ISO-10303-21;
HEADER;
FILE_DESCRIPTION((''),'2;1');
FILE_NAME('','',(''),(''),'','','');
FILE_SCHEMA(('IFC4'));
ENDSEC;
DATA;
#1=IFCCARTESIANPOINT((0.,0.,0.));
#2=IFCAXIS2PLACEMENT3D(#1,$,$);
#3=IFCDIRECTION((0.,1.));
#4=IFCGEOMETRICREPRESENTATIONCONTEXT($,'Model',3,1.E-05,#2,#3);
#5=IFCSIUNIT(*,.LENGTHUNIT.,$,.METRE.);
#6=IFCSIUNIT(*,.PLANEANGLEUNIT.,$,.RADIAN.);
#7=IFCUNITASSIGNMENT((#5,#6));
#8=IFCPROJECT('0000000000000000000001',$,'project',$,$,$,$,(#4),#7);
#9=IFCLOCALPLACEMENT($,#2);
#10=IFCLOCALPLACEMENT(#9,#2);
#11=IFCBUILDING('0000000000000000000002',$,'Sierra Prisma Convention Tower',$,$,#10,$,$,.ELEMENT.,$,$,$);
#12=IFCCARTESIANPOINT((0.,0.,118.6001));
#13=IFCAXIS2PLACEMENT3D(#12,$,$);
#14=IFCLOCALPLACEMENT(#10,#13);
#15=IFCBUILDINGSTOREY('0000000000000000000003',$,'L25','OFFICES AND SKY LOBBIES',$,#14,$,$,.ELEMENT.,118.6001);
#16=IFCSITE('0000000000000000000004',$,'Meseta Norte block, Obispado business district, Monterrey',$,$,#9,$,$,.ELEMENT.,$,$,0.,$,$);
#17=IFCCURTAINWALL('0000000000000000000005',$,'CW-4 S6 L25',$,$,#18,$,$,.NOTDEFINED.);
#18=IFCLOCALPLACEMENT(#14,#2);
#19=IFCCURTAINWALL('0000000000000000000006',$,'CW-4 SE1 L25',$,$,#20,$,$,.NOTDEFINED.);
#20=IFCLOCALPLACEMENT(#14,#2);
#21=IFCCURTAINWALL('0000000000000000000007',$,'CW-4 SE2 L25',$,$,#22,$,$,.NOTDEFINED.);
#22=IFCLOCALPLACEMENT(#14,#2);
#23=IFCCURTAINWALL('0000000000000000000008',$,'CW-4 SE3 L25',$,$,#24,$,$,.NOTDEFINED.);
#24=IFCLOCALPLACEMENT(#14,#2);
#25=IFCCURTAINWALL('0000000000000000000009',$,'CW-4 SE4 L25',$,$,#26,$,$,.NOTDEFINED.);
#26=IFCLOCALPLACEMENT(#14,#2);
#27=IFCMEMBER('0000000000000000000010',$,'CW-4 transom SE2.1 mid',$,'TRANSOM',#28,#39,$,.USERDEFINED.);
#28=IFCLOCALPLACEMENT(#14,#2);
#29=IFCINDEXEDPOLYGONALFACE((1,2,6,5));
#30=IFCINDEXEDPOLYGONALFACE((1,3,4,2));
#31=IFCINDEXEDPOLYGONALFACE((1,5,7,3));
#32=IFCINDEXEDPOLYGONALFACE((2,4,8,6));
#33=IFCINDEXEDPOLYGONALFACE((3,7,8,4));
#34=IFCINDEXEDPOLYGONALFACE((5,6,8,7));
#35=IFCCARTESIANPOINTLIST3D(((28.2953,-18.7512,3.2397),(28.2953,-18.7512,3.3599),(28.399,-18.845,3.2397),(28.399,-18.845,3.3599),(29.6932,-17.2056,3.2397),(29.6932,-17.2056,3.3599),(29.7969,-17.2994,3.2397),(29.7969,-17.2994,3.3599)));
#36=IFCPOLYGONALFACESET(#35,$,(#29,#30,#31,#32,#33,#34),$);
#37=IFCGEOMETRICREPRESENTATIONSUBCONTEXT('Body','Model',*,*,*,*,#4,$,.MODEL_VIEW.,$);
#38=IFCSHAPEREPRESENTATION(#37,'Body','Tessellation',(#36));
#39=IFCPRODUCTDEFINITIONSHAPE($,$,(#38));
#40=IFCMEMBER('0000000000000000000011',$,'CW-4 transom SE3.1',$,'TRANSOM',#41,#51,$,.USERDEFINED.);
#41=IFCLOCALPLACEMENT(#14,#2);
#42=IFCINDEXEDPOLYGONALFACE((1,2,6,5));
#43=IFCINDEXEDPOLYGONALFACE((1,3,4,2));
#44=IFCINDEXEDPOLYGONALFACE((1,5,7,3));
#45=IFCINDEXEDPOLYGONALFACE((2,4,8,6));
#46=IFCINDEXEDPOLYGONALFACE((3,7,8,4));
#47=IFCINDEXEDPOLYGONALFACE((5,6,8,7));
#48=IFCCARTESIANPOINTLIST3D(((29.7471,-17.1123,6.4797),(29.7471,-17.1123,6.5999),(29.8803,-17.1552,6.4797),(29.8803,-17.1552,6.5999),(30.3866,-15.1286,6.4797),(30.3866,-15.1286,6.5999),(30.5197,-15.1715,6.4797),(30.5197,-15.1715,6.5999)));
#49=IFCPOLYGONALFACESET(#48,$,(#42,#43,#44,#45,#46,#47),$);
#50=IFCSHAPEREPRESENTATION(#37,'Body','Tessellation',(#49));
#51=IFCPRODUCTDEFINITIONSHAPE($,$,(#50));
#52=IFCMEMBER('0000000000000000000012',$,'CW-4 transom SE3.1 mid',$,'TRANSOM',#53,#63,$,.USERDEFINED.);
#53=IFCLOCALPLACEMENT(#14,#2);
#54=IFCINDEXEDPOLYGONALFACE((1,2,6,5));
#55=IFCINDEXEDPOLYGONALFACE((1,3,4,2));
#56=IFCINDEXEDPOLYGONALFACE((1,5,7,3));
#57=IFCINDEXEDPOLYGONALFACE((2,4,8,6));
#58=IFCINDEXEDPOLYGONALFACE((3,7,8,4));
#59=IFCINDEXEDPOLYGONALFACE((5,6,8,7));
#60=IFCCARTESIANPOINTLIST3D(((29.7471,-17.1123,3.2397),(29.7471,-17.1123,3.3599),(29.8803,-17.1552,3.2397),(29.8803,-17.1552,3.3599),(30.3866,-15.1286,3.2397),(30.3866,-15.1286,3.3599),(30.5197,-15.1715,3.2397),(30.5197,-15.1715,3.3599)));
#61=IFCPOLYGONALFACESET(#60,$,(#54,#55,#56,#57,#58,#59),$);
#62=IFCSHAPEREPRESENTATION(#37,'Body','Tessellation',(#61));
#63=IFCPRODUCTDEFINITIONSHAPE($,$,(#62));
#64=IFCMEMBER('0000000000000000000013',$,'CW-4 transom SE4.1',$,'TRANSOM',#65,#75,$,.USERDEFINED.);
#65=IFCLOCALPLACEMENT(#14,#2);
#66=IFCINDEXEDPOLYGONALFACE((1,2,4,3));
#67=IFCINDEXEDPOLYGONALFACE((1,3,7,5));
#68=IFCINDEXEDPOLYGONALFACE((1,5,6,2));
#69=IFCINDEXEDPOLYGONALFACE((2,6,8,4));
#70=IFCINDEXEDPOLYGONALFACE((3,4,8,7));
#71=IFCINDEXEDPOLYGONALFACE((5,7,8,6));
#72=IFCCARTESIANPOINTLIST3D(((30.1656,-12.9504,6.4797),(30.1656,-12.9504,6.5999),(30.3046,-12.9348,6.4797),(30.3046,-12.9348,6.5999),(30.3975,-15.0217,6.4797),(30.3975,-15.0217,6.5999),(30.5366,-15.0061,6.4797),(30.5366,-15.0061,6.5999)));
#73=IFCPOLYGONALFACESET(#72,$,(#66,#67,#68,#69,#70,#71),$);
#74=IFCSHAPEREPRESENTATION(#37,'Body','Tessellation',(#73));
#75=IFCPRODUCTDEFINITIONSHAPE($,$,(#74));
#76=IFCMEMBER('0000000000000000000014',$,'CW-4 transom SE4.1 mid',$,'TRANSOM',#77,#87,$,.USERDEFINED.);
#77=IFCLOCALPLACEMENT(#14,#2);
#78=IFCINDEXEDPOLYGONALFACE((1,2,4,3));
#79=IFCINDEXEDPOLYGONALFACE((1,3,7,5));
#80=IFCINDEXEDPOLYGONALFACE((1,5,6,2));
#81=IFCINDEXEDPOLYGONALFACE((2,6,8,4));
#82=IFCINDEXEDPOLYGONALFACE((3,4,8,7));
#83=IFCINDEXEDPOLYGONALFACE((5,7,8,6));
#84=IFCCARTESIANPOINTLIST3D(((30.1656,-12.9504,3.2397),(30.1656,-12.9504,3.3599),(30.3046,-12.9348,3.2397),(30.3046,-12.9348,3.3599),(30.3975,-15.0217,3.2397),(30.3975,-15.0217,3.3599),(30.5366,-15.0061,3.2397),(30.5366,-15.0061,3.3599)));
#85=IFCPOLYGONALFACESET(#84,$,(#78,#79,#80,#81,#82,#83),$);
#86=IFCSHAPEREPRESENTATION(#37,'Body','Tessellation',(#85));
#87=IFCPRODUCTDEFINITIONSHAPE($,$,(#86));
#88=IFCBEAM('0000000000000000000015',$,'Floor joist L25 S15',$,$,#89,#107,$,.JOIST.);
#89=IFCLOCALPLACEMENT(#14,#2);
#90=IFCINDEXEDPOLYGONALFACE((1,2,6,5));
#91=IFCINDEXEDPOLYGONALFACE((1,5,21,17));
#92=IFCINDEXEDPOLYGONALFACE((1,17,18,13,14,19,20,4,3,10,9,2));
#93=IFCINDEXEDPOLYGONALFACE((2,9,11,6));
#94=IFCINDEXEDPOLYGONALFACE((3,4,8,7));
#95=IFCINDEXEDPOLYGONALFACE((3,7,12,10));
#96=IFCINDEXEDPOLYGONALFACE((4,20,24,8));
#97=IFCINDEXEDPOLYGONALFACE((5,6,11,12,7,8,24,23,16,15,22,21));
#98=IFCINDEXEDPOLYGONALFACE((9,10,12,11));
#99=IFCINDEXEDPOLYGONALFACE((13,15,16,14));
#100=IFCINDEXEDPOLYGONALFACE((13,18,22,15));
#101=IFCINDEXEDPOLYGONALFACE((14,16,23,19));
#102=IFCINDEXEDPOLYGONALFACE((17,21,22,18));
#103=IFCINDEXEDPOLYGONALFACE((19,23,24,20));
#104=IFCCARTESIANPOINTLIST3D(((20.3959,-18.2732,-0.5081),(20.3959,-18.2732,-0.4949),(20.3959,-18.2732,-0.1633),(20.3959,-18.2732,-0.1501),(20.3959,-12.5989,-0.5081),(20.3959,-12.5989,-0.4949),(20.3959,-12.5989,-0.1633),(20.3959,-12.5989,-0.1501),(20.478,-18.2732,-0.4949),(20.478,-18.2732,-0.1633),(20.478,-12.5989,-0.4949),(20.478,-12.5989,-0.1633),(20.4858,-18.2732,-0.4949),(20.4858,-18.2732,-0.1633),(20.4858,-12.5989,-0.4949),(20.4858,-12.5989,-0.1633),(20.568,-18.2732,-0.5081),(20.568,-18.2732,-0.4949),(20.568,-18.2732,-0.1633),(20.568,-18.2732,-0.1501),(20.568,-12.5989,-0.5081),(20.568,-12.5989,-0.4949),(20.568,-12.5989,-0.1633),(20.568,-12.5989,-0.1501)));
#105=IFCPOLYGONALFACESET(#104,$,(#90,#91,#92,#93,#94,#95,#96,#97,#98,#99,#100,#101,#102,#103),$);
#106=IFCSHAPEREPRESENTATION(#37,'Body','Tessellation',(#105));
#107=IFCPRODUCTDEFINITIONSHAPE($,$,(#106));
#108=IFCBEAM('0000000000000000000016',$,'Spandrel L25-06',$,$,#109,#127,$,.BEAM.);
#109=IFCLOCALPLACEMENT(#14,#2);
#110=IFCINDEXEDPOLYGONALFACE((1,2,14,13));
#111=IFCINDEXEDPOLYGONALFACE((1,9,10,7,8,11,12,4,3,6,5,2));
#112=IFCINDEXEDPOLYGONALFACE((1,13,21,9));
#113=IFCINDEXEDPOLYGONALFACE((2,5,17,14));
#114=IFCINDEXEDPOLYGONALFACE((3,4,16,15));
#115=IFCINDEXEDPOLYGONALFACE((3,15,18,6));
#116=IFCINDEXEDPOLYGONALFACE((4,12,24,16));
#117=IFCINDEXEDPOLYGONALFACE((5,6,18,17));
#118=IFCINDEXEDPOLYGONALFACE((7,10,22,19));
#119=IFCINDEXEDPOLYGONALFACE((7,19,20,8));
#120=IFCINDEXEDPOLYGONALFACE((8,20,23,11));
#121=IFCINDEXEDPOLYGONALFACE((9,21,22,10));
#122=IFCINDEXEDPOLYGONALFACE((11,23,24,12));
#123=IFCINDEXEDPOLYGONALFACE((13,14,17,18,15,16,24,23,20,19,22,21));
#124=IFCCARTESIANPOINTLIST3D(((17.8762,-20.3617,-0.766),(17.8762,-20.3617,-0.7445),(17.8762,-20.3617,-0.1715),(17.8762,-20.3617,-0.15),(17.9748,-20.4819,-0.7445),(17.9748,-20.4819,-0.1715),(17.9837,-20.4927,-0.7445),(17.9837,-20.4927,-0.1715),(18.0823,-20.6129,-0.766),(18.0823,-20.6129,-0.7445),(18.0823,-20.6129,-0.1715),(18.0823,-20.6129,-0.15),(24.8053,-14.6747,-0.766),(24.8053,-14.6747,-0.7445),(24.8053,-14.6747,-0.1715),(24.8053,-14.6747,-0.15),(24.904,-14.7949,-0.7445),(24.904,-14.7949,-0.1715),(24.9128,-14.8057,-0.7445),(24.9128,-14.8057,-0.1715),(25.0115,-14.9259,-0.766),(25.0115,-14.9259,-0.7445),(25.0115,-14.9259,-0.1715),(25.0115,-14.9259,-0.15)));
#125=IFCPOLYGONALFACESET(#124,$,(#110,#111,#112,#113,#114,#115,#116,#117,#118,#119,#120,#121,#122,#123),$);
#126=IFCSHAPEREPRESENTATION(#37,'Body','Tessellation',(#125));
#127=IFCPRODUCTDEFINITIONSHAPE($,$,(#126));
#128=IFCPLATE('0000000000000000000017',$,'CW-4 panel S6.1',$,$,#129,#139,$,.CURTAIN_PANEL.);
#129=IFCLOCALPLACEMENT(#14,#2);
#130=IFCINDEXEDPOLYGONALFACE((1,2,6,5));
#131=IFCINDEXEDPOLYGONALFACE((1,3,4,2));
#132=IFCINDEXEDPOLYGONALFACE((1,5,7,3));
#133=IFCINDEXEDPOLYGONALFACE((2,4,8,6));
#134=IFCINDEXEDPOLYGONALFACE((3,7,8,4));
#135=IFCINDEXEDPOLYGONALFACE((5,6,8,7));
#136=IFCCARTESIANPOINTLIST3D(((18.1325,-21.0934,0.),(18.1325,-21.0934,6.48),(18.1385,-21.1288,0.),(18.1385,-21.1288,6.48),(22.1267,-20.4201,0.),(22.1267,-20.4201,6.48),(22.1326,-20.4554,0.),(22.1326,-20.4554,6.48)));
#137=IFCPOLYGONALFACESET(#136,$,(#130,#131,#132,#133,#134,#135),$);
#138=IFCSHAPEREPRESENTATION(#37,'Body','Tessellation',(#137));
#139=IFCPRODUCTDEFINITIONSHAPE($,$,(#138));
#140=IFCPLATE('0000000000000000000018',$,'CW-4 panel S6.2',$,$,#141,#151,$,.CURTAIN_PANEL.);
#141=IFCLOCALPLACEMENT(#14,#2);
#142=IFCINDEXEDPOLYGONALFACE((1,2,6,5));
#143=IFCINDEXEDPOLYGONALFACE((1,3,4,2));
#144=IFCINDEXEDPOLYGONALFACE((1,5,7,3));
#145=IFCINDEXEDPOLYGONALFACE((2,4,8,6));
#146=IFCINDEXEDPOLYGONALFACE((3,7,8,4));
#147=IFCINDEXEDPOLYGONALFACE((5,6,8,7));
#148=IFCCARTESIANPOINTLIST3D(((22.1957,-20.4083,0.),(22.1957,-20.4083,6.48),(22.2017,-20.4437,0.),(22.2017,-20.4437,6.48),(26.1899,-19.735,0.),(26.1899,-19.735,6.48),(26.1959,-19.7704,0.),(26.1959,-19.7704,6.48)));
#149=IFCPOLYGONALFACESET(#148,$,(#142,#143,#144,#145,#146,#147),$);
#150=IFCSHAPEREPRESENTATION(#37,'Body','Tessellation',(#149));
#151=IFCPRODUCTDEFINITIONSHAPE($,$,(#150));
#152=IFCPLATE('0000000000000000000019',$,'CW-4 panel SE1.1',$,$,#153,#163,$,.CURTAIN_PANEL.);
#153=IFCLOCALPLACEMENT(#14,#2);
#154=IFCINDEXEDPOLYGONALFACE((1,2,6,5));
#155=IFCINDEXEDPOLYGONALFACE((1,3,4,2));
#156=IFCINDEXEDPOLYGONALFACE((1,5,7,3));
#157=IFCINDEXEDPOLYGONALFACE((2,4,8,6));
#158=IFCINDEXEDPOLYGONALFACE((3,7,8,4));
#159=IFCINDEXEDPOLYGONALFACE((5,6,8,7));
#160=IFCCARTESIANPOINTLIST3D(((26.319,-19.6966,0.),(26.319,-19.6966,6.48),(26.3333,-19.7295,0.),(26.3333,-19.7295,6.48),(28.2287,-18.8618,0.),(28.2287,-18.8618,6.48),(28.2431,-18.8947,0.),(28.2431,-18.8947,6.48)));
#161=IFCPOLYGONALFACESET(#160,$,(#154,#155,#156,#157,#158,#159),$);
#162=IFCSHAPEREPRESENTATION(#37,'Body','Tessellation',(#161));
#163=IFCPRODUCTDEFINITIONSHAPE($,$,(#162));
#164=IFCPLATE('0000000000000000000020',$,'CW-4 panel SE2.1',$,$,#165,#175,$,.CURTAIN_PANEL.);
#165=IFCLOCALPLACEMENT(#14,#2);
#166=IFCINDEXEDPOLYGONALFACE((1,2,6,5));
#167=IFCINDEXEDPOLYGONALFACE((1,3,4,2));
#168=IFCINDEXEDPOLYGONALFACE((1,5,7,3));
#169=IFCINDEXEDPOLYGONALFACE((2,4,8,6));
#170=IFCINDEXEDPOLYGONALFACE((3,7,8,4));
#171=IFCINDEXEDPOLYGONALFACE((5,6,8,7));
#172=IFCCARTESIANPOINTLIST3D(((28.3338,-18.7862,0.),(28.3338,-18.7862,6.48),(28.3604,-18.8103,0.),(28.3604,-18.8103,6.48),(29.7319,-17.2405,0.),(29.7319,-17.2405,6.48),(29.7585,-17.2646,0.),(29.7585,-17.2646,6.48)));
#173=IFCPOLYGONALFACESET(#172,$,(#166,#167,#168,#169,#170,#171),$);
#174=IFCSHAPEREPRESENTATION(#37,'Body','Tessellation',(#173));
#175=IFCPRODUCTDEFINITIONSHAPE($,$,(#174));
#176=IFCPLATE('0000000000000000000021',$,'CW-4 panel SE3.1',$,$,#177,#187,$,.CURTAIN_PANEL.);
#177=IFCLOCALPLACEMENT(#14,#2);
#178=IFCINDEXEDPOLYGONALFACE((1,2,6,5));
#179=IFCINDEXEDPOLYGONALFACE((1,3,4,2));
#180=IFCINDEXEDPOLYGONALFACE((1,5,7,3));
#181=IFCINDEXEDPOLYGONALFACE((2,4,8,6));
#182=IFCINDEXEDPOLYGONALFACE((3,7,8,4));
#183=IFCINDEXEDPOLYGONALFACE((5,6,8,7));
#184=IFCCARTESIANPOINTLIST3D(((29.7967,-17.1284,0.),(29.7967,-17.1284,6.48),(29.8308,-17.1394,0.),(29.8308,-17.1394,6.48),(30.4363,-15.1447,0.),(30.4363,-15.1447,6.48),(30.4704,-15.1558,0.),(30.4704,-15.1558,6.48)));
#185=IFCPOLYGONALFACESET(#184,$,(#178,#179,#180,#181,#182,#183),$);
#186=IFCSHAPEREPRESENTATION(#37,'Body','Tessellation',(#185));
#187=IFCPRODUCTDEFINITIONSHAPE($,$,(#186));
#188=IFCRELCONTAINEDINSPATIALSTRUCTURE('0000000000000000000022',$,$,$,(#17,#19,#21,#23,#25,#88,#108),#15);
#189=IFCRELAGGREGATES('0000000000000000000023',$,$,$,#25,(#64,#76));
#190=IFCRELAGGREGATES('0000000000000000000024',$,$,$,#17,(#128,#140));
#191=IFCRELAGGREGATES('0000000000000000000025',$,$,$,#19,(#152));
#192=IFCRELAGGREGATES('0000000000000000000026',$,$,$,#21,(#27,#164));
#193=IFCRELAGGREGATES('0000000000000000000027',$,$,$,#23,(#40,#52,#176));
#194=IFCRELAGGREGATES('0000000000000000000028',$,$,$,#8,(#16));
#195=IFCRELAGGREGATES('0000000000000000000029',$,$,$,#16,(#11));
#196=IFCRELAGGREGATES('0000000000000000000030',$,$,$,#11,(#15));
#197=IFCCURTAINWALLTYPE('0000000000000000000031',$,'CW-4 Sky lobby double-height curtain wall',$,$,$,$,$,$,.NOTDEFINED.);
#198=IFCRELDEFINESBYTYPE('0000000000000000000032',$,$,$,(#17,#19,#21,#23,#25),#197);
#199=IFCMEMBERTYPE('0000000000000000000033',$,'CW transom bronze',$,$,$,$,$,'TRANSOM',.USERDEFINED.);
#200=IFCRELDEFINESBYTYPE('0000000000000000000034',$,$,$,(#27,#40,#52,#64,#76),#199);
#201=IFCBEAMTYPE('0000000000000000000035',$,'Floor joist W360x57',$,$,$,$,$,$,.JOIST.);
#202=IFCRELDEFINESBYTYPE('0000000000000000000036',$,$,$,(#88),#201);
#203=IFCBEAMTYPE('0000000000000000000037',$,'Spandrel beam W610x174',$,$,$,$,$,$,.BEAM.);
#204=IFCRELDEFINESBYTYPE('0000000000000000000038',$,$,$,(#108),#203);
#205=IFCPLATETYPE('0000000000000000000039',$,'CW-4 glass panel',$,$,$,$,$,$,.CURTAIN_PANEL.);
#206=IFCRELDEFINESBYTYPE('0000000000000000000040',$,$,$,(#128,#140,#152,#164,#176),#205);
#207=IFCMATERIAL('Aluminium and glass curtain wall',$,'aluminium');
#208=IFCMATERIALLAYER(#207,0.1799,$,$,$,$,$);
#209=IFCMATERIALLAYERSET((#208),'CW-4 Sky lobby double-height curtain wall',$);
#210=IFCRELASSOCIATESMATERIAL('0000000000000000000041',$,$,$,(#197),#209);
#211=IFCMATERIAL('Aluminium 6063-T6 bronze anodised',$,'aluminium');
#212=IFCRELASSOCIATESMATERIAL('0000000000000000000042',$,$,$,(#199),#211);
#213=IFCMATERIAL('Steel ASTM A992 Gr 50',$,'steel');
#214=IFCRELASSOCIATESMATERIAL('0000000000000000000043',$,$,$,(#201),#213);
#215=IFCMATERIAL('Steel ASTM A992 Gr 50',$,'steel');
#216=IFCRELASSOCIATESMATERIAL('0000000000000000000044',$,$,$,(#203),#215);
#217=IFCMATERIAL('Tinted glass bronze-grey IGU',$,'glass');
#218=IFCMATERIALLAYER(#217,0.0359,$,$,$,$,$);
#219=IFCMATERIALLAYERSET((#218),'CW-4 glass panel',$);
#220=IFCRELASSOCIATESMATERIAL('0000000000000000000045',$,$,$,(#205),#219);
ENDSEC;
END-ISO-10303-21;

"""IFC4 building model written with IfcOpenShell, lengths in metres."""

from ifc_helpers import new_model, si_unit, direction, frame, origin, origin_2d, place, context, subcontext, project, spatial, rectangle, i_section, extrude, material, layer, layer_set, material_profile, profile_set, type_object, element, aggregate, save


model = new_model("IFC4")

# Units and contexts
model_context = context("Model", 3, precision=1e-05, world=origin(), true_north=direction((0.0, 1.0)))
body_context = subcontext(model_context, "Body", "Model", "MODEL_VIEW")
ifc_project = project(units=[si_unit("LENGTHUNIT", "METRE"), si_unit("PLANEANGLEUNIT", "RADIAN")], contexts=[model_context])

# Site, building, storey
site_placement = place(None, origin())
site = spatial("IfcSite", under=ifc_project, at=site_placement, Name="Meseta Norte block, Obispado business district, Monterrey", CompositionType="ELEMENT", RefElevation=0.0)
building_placement = place(site_placement, origin())
building = spatial("IfcBuilding", under=site, at=building_placement, Name="Sierra Prisma Convention Tower", CompositionType="ELEMENT")
storey_placement = place(building_placement, frame((0.0, 0.0, 118.6001)))
storey = spatial("IfcBuildingStorey", under=building, at=storey_placement, Name="L25", Description="OFFICES AND SKY LOBBIES", CompositionType="ELEMENT", Elevation=118.6001)

# Curtain walls
ifc_material_1 = material(Name="Aluminium and glass curtain wall", Category="aluminium")
ifc_layer_1 = layer(ifc_material_1, 0.1799)
ifc_layer_set_1 = layer_set([ifc_layer_1], Name="CW-4 Sky lobby double-height curtain wall")
curtain_wall_type = type_object("IfcCurtainWallType", Name="CW-4 Sky lobby double-height curtain wall", PredefinedType="NOTDEFINED", material=ifc_layer_set_1)
curtain_wall_1_placement = place(storey_placement, origin())
curtain_wall_1 = element("IfcCurtainWall", 1, at=curtain_wall_1_placement, inside=storey, type_object=curtain_wall_type, Name="CW-4 S6 L25", PredefinedType="NOTDEFINED")
curtain_wall_2_placement = place(storey_placement, origin())
curtain_wall_2 = element("IfcCurtainWall", 2, at=curtain_wall_2_placement, inside=storey, type_object=curtain_wall_type, Name="CW-4 SE1 L25", PredefinedType="NOTDEFINED")
curtain_wall_3_placement = place(storey_placement, origin())
curtain_wall_3 = element("IfcCurtainWall", 3, at=curtain_wall_3_placement, inside=storey, type_object=curtain_wall_type, Name="CW-4 SE2 L25", PredefinedType="NOTDEFINED")
curtain_wall_4_placement = place(storey_placement, origin())
curtain_wall_4 = element("IfcCurtainWall", 4, at=curtain_wall_4_placement, inside=storey, type_object=curtain_wall_type, Name="CW-4 SE3 L25", PredefinedType="NOTDEFINED")
curtain_wall_5_placement = place(storey_placement, origin())
curtain_wall_5 = element("IfcCurtainWall", 5, at=curtain_wall_5_placement, inside=storey, type_object=curtain_wall_type, Name="CW-4 SE4 L25", PredefinedType="NOTDEFINED")

# Members
ifc_material_2 = material(Name="Aluminium 6063-T6 bronze anodised", Category="aluminium")
ifc_material_profile_1 = material_profile(ifc_material_2, rectangle(XDim=0.1399, YDim=0.1201, at=origin_2d()), Name="ALU TRANSOM 120x140")
ifc_profile_set_1 = profile_set([ifc_material_profile_1], Name="Aluminium 6063-T6 bronze anodised")
member_type_1 = type_object("IfcMemberType", Name="CW transom bronze", ElementType="TRANSOM", PredefinedType="USERDEFINED", material=ifc_profile_set_1)
member_1_placement = place(storey_placement, frame((28.3472, -18.7981, 3.2998), z_axis=(0.670781, 0.741655, 0.0), x_axis=(-0.741655, 0.670781, 0.0)))
member_1 = element("IfcMember", 6, at=member_1_placement, type_object=member_type_1, Name="CW-4 transom SE2.1 mid", ObjectType="TRANSOM", PredefinedType="USERDEFINED", context=body_context, shape_type="SweptSolid", body=[
    extrude(rectangle(XDim=0.1399, YDim=0.1201, at=origin_2d()), origin(), (0.0, 0.0, 1.0), 2.084),
])
member_2_placement = place(storey_placement, frame((29.8137, -17.1338, 6.5398), z_axis=(0.306794, 0.951776, 0.0), x_axis=(-0.951776, 0.306794, 0.0)))
member_2 = element("IfcMember", 7, at=member_2_placement, type_object=member_type_1, Name="CW-4 transom SE3.1", ObjectType="TRANSOM", PredefinedType="USERDEFINED", context=body_context, shape_type="SweptSolid", body=[
    extrude(rectangle(XDim=0.1399, YDim=0.1201, at=origin_2d()), origin(), (0.0, 0.0, 1.0), 2.0842),
])
member_3_placement = place(storey_placement, frame((29.8137, -17.1338, 3.2998), z_axis=(0.306794, 0.951776, 0.0), x_axis=(-0.951776, 0.306794, 0.0)))
member_3 = element("IfcMember", 8, at=member_3_placement, type_object=member_type_1, Name="CW-4 transom SE3.1 mid", ObjectType="TRANSOM", PredefinedType="USERDEFINED", context=body_context, shape_type="SweptSolid", body=[
    extrude(rectangle(XDim=0.1399, YDim=0.1201, at=origin_2d()), origin(), (0.0, 0.0, 1.0), 2.0842),
])
member_4_placement = place(storey_placement, frame((30.467, -15.0139, 6.5398), z_axis=(-0.11128, 0.993789, 0.0), x_axis=(-0.993789, -0.11128, 0.0)))
member_4 = element("IfcMember", 9, at=member_4_placement, type_object=member_type_1, Name="CW-4 transom SE4.1", ObjectType="TRANSOM", PredefinedType="USERDEFINED", context=body_context, shape_type="SweptSolid", body=[
    extrude(rectangle(XDim=0.1399, YDim=0.1201, at=origin_2d()), origin(), (0.0, 0.0, 1.0), 2.0842),
])
member_5_placement = place(storey_placement, frame((30.467, -15.0139, 3.2998), z_axis=(-0.11128, 0.993789, 0.0), x_axis=(-0.993789, -0.11128, 0.0)))
member_5 = element("IfcMember", 10, at=member_5_placement, type_object=member_type_1, Name="CW-4 transom SE4.1 mid", ObjectType="TRANSOM", PredefinedType="USERDEFINED", context=body_context, shape_type="SweptSolid", body=[
    extrude(rectangle(XDim=0.1399, YDim=0.1201, at=origin_2d()), origin(), (0.0, 0.0, 1.0), 2.0842),
])
aggregate(curtain_wall_5, [member_4, member_5])

# Beams
ifc_material_3 = material(Name="Steel ASTM A992 Gr 50", Category="steel")
ifc_material_profile_2 = material_profile(ifc_material_3, i_section(OverallWidth=0.1721, OverallDepth=0.3579, WebThickness=0.0078, FlangeThickness=0.0132, at=origin_2d()), Name="W360x57")
ifc_profile_set_2 = profile_set([ifc_material_profile_2], Name="Steel ASTM A992 Gr 50")
beam_type_1 = type_object("IfcBeamType", Name="Floor joist W360x57", PredefinedType="JOIST", material=ifc_profile_set_2)
beam_1_placement = place(storey_placement, frame((20.4819, -18.2732, -0.3291), z_axis=(0.0, 1.0, 0.0), x_axis=(-1.0, 0.0, 0.0)))
element("IfcBeam", 11, at=beam_1_placement, inside=storey, type_object=beam_type_1, Name="Floor joist L25 S15", PredefinedType="JOIST", context=body_context, shape_type="SweptSolid", body=[
    extrude(i_section(OverallWidth=0.1721, OverallDepth=0.3579, WebThickness=0.0078, FlangeThickness=0.0132, at=origin_2d()), origin(), (0.0, 0.0, 1.0), 5.6743),
])
ifc_material_4 = material(Name="Steel ASTM A992 Gr 50", Category="steel")
ifc_material_profile_3 = material_profile(ifc_material_4, i_section(OverallWidth=0.325, OverallDepth=0.616, WebThickness=0.0139, FlangeThickness=0.0215, at=origin_2d()), Name="W610x174")
ifc_profile_set_3 = profile_set([ifc_material_profile_3], Name="Steel ASTM A992 Gr 50")
beam_type_2 = type_object("IfcBeamType", Name="Spandrel beam W610x174", PredefinedType="BEAM", material=ifc_profile_set_3)
beam_2_placement = place(storey_placement, frame((17.9792, -20.4873, -0.458), z_axis=(0.77299, 0.634418, 0.0), x_axis=(-0.634418, 0.77299, 0.0)))
element("IfcBeam", 12, at=beam_2_placement, inside=storey, type_object=beam_type_2, Name="Spandrel L25-06", PredefinedType="BEAM", context=body_context, shape_type="SweptSolid", body=[
    extrude(i_section(OverallWidth=0.325, OverallDepth=0.616, WebThickness=0.0139, FlangeThickness=0.0215, at=origin_2d()), origin(), (0.0, 0.0, 1.0), 8.9641),
])

# Plates
ifc_material_5 = material(Name="Tinted glass bronze-grey IGU", Category="glass")
ifc_layer_2 = layer(ifc_material_5, 0.0359)
ifc_layer_set_2 = layer_set([ifc_layer_2], Name="CW-4 glass panel")
plate_type = type_object("IfcPlateType", Name="CW-4 glass panel", PredefinedType="CURTAIN_PANEL", material=ifc_layer_set_2)
plate_1_placement = place(storey_placement, frame((20.1326, -20.7744, 0.0), z_axis=(0.0, 0.0, 1.0), x_axis=(0.986087, 0.166232, 0.0)))
plate_1 = element("IfcPlate", 13, at=plate_1_placement, type_object=plate_type, Name="CW-4 panel S6.1", PredefinedType="CURTAIN_PANEL", context=body_context, shape_type="SweptSolid", body=[
    extrude(rectangle(XDim=4.0505, YDim=0.0359, at=origin_2d()), origin(), (0.0, 0.0, 1.0), 6.48),
])
plate_2_placement = place(storey_placement, frame((24.1958, -20.0894, 0.0), z_axis=(0.0, 0.0, 1.0), x_axis=(0.986087, 0.166232, 0.0)))
plate_2 = element("IfcPlate", 14, at=plate_2_placement, type_object=plate_type, Name="CW-4 panel S6.2", PredefinedType="CURTAIN_PANEL", context=body_context, shape_type="SweptSolid", body=[
    extrude(rectangle(XDim=4.0505, YDim=0.0359, at=origin_2d()), origin(), (0.0, 0.0, 1.0), 6.48),
])
aggregate(curtain_wall_1, [plate_1, plate_2])
plate_3_placement = place(storey_placement, frame((27.281, -19.2957, 0.0), z_axis=(0.0, 0.0, 1.0), x_axis=(0.916279, 0.40054, 0.0)))
plate_3 = element("IfcPlate", 15, at=plate_3_placement, type_object=plate_type, Name="CW-4 panel SE1.1", PredefinedType="CURTAIN_PANEL", context=body_context, shape_type="SweptSolid", body=[
    extrude(rectangle(XDim=2.0842, YDim=0.0359, at=origin_2d()), origin(), (0.0, 0.0, 1.0), 6.48),
])
aggregate(curtain_wall_2, [plate_3])
plate_4_placement = place(storey_placement, frame((29.0461, -18.0254, 0.0), z_axis=(0.0, 0.0, 1.0), x_axis=(0.670807, 0.741632, 0.0)))
plate_4 = element("IfcPlate", 16, at=plate_4_placement, type_object=plate_type, Name="CW-4 panel SE2.1", PredefinedType="CURTAIN_PANEL", context=body_context, shape_type="SweptSolid", body=[
    extrude(rectangle(XDim=2.0842, YDim=0.0359, at=origin_2d()), origin(), (0.0, 0.0, 1.0), 6.48),
])
aggregate(curtain_wall_3, [member_1, plate_4])
plate_5_placement = place(storey_placement, frame((30.1335, -16.1421, 0.0), z_axis=(0.0, 0.0, 1.0), x_axis=(0.306869, 0.951752, 0.0)))
plate_5 = element("IfcPlate", 17, at=plate_5_placement, type_object=plate_type, Name="CW-4 panel SE3.1", PredefinedType="CURTAIN_PANEL", context=body_context, shape_type="SweptSolid", body=[
    extrude(rectangle(XDim=2.0842, YDim=0.0359, at=origin_2d()), origin(), (0.0, 0.0, 1.0), 6.48),
])
aggregate(curtain_wall_4, [member_2, member_3, plate_5])

save(model, "model.ifc")
